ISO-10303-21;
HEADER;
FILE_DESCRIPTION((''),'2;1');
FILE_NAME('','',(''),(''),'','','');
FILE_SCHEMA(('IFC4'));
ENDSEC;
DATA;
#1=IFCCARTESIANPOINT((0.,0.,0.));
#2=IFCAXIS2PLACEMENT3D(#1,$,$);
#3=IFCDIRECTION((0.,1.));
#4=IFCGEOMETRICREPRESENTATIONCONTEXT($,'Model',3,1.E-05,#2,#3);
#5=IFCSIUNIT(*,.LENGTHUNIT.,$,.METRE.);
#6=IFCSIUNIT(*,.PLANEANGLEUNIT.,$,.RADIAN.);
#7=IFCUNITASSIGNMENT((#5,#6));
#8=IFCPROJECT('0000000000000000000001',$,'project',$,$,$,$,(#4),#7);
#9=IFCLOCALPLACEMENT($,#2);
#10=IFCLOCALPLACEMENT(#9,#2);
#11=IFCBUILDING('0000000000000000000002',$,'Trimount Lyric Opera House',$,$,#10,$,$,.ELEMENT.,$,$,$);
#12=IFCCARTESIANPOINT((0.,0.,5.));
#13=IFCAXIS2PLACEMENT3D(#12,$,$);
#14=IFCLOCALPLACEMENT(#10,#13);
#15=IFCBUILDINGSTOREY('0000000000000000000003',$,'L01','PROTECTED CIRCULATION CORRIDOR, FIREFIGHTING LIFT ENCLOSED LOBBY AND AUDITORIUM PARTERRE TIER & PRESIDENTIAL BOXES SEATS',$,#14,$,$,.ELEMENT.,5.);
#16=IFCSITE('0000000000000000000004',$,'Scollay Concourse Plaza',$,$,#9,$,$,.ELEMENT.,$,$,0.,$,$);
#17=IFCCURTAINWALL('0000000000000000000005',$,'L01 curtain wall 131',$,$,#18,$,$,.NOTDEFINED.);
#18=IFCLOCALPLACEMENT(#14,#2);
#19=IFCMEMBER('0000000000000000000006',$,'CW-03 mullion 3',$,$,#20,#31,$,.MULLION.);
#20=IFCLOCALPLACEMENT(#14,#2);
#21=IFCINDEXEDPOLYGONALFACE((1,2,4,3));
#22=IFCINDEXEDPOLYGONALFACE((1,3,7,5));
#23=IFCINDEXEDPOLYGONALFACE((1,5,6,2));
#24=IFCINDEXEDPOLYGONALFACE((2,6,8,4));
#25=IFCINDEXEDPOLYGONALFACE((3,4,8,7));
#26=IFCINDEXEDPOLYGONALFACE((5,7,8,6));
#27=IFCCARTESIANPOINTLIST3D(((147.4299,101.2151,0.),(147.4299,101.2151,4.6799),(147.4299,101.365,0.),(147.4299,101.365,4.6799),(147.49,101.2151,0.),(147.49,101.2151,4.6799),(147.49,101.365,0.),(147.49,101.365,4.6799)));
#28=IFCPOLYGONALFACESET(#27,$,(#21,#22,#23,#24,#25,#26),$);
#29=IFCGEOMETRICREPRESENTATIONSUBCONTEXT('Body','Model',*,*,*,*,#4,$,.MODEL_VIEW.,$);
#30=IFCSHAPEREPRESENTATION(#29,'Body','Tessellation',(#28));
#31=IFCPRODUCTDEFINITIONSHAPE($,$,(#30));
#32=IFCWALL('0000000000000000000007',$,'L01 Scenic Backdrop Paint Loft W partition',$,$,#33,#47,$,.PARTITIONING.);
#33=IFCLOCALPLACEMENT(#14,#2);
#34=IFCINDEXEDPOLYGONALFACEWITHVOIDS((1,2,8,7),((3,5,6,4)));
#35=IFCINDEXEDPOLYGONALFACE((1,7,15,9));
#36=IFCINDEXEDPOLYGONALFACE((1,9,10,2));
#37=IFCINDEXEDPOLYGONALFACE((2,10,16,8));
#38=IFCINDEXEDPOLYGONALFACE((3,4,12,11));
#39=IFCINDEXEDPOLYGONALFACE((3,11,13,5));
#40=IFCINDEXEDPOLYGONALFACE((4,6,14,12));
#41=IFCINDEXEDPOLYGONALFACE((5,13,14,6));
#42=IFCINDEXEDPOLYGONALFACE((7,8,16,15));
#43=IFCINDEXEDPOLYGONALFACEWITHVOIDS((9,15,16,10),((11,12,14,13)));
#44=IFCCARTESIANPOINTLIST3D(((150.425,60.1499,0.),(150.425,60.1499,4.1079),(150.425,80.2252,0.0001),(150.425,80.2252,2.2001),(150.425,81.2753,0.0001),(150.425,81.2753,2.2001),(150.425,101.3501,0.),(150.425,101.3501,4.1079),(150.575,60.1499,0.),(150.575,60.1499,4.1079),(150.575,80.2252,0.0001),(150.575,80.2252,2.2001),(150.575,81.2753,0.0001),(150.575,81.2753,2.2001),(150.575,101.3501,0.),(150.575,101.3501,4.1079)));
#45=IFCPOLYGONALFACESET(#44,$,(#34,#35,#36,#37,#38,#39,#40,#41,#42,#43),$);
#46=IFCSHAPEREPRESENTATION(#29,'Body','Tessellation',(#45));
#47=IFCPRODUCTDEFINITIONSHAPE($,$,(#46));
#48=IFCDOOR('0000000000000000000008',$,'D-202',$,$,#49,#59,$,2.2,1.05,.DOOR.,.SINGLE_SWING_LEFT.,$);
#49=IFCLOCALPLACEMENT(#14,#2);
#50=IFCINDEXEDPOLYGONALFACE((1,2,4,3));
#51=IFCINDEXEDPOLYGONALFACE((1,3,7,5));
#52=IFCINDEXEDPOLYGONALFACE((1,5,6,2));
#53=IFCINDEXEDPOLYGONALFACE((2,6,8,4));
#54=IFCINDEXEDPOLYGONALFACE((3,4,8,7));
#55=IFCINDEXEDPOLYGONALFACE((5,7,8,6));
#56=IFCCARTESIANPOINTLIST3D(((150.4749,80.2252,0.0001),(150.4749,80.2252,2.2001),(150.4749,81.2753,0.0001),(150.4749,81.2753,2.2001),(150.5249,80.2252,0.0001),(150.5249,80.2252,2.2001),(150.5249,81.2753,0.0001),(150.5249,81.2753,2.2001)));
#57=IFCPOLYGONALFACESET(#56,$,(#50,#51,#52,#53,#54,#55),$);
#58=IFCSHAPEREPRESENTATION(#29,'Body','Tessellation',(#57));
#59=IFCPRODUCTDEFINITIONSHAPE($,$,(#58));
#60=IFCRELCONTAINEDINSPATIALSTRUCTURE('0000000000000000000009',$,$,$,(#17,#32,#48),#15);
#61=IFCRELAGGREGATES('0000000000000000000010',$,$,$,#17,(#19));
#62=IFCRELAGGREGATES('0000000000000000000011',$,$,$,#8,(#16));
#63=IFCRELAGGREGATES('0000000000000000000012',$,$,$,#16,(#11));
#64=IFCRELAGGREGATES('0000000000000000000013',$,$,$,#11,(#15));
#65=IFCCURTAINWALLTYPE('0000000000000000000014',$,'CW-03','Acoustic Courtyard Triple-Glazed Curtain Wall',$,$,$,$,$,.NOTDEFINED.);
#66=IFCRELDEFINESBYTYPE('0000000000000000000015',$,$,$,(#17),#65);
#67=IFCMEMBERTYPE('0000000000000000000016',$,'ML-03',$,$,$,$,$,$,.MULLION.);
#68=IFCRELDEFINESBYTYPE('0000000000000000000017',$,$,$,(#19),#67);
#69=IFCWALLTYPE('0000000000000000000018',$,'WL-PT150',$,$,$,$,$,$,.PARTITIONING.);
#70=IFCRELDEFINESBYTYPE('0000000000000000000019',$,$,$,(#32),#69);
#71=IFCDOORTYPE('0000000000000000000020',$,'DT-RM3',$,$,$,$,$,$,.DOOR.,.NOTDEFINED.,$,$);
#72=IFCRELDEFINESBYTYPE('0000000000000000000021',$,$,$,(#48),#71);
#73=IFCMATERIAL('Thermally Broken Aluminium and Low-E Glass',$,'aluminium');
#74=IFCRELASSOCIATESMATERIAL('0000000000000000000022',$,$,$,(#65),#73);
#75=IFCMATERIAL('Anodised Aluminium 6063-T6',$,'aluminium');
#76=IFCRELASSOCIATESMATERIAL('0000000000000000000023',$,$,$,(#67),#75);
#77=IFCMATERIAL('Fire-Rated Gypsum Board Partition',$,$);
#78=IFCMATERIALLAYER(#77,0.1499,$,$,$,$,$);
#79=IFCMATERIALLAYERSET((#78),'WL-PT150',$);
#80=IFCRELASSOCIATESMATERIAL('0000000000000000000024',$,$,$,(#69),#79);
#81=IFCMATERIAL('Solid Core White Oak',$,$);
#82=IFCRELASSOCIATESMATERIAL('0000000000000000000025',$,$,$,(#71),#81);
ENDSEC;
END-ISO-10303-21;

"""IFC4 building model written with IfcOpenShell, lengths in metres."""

from ifc_helpers import new_model, si_unit, direction, frame, frame_2d, origin, origin_2d, place, context, subcontext, project, spatial, rectangle, extrude, material, layer, layer_set, material_profile, profile_set, type_object, element, fill, aggregate, save


model = new_model("IFC4")

# Units and contexts
model_context = context("Model", 3, precision=1e-05, world=origin(), true_north=direction((0.0, 1.0)))
body_context = subcontext(model_context, "Body", "Model", "MODEL_VIEW")
ifc_project = project(units=[si_unit("LENGTHUNIT", "METRE"), si_unit("PLANEANGLEUNIT", "RADIAN")], contexts=[model_context])

# Site, building, storey
site_placement = place(None, origin())
site = spatial("IfcSite", under=ifc_project, at=site_placement, Name="Scollay Concourse Plaza", CompositionType="ELEMENT", RefElevation=0.0)
building_placement = place(site_placement, origin())
building = spatial("IfcBuilding", under=site, at=building_placement, Name="Trimount Lyric Opera House", CompositionType="ELEMENT")
storey_placement = place(building_placement, frame((0.0, 0.0, 5.0)))
storey = spatial("IfcBuildingStorey", under=building, at=storey_placement, Name="L01", Description="PROTECTED CIRCULATION CORRIDOR, FIREFIGHTING LIFT ENCLOSED LOBBY AND AUDITORIUM PARTERRE TIER & PRESIDENTIAL BOXES SEATS", CompositionType="ELEMENT", Elevation=5.0)

# Curtain wall, member
ifc_material_1 = material(Name="Thermally Broken Aluminium and Low-E Glass", Category="aluminium")
curtain_wall_type = type_object("IfcCurtainWallType", Name="CW-03", Description="Acoustic Courtyard Triple-Glazed Curtain Wall", PredefinedType="NOTDEFINED", material=ifc_material_1)
curtain_wall_placement = place(storey_placement, origin())
curtain_wall = element("IfcCurtainWall", 1, at=curtain_wall_placement, inside=storey, type_object=curtain_wall_type, Name="L01 curtain wall 131", PredefinedType="NOTDEFINED")
ifc_material_2 = material(Name="Anodised Aluminium 6063-T6", Category="aluminium")
ifc_material_profile_1 = material_profile(ifc_material_2, rectangle(XDim=0.0601, YDim=0.1499, at=origin_2d()), Name="ALU-MULL-60X150")
ifc_profile_set_1 = profile_set([ifc_material_profile_1], Name="Anodised Aluminium 6063-T6")
member_type = type_object("IfcMemberType", Name="ML-03", PredefinedType="MULLION", material=ifc_profile_set_1)
member_placement = place(storey_placement, frame((147.46, 101.29, 0.0), z_axis=(0.0, 0.0, 1.0), x_axis=(-1.0, 0.0, 0.0)))
member = element("IfcMember", 2, at=member_placement, type_object=member_type, Name="CW-03 mullion 3", PredefinedType="MULLION", context=body_context, shape_type="SweptSolid", body=[
    extrude(rectangle(XDim=0.0601, YDim=0.1499, at=origin_2d()), origin(), (0.0, 0.0, 1.0), 4.6799),
])
aggregate(curtain_wall, [member])

# Wall, opening, door
ifc_material_3 = material(Name="Fire-Rated Gypsum Board Partition")
ifc_layer = layer(ifc_material_3, 0.1499)
ifc_layer_set = layer_set([ifc_layer], Name="WL-PT150")
wall_type = type_object("IfcWallType", Name="WL-PT150", PredefinedType="PARTITIONING", material=ifc_layer_set)
wall_placement = place(storey_placement, frame((150.5, 101.3501, 0.0), z_axis=(0.0, 0.0, 1.0), x_axis=(0.0, -1.0, 0.0)))
wall = element("IfcWall", 3, at=wall_placement, inside=storey, type_object=wall_type, Name="L01 Scenic Backdrop Paint Loft W partition", PredefinedType="PARTITIONING", context=body_context, shape_type="SweptSolid", body=[
    extrude(rectangle(XDim=41.2002, YDim=0.1499, at=frame_2d((20.6001, 0.0))), origin(), (0.0, 0.0, 1.0), 4.1079),
])
opening_placement = place(wall_placement, frame((20.075, 0.0, 0.0)))
opening = element("IfcOpeningElement", 4, at=opening_placement, cuts=wall, PredefinedType="OPENING", context=body_context, shape_type="SweptSolid", body=[
    extrude(rectangle(XDim=1.05, YDim=2.2, at=frame_2d((0.5249, 1.1001))), frame((0.0, 0.085, 0.0), z_axis=(0.0, -1.0, 0.0), x_axis=(1.0, 0.0, 0.0)), (0.0, 0.0, 1.0), 0.1699),
])
ifc_material_4 = material(Name="Solid Core White Oak")
door_type = type_object("IfcDoorType", Name="DT-RM3", OperationType="NOTDEFINED", PredefinedType="DOOR", material=ifc_material_4)
door_placement = place(opening_placement, origin())
door = element("IfcDoor", 5, at=door_placement, inside=storey, type_object=door_type, Name="D-202", OperationType="SINGLE_SWING_LEFT", OverallHeight=2.2, OverallWidth=1.05, PredefinedType="DOOR", context=body_context, shape_type="SweptSolid", body=[
    extrude(rectangle(XDim=1.05, YDim=2.2, at=frame_2d((0.5249, 1.1001))), frame((0.0, 0.0249, 0.0), z_axis=(0.0, -1.0, 0.0), x_axis=(1.0, 0.0, 0.0)), (0.0, 0.0, 1.0), 0.05),
])
fill(opening, door)

save(model, "model.ifc")
